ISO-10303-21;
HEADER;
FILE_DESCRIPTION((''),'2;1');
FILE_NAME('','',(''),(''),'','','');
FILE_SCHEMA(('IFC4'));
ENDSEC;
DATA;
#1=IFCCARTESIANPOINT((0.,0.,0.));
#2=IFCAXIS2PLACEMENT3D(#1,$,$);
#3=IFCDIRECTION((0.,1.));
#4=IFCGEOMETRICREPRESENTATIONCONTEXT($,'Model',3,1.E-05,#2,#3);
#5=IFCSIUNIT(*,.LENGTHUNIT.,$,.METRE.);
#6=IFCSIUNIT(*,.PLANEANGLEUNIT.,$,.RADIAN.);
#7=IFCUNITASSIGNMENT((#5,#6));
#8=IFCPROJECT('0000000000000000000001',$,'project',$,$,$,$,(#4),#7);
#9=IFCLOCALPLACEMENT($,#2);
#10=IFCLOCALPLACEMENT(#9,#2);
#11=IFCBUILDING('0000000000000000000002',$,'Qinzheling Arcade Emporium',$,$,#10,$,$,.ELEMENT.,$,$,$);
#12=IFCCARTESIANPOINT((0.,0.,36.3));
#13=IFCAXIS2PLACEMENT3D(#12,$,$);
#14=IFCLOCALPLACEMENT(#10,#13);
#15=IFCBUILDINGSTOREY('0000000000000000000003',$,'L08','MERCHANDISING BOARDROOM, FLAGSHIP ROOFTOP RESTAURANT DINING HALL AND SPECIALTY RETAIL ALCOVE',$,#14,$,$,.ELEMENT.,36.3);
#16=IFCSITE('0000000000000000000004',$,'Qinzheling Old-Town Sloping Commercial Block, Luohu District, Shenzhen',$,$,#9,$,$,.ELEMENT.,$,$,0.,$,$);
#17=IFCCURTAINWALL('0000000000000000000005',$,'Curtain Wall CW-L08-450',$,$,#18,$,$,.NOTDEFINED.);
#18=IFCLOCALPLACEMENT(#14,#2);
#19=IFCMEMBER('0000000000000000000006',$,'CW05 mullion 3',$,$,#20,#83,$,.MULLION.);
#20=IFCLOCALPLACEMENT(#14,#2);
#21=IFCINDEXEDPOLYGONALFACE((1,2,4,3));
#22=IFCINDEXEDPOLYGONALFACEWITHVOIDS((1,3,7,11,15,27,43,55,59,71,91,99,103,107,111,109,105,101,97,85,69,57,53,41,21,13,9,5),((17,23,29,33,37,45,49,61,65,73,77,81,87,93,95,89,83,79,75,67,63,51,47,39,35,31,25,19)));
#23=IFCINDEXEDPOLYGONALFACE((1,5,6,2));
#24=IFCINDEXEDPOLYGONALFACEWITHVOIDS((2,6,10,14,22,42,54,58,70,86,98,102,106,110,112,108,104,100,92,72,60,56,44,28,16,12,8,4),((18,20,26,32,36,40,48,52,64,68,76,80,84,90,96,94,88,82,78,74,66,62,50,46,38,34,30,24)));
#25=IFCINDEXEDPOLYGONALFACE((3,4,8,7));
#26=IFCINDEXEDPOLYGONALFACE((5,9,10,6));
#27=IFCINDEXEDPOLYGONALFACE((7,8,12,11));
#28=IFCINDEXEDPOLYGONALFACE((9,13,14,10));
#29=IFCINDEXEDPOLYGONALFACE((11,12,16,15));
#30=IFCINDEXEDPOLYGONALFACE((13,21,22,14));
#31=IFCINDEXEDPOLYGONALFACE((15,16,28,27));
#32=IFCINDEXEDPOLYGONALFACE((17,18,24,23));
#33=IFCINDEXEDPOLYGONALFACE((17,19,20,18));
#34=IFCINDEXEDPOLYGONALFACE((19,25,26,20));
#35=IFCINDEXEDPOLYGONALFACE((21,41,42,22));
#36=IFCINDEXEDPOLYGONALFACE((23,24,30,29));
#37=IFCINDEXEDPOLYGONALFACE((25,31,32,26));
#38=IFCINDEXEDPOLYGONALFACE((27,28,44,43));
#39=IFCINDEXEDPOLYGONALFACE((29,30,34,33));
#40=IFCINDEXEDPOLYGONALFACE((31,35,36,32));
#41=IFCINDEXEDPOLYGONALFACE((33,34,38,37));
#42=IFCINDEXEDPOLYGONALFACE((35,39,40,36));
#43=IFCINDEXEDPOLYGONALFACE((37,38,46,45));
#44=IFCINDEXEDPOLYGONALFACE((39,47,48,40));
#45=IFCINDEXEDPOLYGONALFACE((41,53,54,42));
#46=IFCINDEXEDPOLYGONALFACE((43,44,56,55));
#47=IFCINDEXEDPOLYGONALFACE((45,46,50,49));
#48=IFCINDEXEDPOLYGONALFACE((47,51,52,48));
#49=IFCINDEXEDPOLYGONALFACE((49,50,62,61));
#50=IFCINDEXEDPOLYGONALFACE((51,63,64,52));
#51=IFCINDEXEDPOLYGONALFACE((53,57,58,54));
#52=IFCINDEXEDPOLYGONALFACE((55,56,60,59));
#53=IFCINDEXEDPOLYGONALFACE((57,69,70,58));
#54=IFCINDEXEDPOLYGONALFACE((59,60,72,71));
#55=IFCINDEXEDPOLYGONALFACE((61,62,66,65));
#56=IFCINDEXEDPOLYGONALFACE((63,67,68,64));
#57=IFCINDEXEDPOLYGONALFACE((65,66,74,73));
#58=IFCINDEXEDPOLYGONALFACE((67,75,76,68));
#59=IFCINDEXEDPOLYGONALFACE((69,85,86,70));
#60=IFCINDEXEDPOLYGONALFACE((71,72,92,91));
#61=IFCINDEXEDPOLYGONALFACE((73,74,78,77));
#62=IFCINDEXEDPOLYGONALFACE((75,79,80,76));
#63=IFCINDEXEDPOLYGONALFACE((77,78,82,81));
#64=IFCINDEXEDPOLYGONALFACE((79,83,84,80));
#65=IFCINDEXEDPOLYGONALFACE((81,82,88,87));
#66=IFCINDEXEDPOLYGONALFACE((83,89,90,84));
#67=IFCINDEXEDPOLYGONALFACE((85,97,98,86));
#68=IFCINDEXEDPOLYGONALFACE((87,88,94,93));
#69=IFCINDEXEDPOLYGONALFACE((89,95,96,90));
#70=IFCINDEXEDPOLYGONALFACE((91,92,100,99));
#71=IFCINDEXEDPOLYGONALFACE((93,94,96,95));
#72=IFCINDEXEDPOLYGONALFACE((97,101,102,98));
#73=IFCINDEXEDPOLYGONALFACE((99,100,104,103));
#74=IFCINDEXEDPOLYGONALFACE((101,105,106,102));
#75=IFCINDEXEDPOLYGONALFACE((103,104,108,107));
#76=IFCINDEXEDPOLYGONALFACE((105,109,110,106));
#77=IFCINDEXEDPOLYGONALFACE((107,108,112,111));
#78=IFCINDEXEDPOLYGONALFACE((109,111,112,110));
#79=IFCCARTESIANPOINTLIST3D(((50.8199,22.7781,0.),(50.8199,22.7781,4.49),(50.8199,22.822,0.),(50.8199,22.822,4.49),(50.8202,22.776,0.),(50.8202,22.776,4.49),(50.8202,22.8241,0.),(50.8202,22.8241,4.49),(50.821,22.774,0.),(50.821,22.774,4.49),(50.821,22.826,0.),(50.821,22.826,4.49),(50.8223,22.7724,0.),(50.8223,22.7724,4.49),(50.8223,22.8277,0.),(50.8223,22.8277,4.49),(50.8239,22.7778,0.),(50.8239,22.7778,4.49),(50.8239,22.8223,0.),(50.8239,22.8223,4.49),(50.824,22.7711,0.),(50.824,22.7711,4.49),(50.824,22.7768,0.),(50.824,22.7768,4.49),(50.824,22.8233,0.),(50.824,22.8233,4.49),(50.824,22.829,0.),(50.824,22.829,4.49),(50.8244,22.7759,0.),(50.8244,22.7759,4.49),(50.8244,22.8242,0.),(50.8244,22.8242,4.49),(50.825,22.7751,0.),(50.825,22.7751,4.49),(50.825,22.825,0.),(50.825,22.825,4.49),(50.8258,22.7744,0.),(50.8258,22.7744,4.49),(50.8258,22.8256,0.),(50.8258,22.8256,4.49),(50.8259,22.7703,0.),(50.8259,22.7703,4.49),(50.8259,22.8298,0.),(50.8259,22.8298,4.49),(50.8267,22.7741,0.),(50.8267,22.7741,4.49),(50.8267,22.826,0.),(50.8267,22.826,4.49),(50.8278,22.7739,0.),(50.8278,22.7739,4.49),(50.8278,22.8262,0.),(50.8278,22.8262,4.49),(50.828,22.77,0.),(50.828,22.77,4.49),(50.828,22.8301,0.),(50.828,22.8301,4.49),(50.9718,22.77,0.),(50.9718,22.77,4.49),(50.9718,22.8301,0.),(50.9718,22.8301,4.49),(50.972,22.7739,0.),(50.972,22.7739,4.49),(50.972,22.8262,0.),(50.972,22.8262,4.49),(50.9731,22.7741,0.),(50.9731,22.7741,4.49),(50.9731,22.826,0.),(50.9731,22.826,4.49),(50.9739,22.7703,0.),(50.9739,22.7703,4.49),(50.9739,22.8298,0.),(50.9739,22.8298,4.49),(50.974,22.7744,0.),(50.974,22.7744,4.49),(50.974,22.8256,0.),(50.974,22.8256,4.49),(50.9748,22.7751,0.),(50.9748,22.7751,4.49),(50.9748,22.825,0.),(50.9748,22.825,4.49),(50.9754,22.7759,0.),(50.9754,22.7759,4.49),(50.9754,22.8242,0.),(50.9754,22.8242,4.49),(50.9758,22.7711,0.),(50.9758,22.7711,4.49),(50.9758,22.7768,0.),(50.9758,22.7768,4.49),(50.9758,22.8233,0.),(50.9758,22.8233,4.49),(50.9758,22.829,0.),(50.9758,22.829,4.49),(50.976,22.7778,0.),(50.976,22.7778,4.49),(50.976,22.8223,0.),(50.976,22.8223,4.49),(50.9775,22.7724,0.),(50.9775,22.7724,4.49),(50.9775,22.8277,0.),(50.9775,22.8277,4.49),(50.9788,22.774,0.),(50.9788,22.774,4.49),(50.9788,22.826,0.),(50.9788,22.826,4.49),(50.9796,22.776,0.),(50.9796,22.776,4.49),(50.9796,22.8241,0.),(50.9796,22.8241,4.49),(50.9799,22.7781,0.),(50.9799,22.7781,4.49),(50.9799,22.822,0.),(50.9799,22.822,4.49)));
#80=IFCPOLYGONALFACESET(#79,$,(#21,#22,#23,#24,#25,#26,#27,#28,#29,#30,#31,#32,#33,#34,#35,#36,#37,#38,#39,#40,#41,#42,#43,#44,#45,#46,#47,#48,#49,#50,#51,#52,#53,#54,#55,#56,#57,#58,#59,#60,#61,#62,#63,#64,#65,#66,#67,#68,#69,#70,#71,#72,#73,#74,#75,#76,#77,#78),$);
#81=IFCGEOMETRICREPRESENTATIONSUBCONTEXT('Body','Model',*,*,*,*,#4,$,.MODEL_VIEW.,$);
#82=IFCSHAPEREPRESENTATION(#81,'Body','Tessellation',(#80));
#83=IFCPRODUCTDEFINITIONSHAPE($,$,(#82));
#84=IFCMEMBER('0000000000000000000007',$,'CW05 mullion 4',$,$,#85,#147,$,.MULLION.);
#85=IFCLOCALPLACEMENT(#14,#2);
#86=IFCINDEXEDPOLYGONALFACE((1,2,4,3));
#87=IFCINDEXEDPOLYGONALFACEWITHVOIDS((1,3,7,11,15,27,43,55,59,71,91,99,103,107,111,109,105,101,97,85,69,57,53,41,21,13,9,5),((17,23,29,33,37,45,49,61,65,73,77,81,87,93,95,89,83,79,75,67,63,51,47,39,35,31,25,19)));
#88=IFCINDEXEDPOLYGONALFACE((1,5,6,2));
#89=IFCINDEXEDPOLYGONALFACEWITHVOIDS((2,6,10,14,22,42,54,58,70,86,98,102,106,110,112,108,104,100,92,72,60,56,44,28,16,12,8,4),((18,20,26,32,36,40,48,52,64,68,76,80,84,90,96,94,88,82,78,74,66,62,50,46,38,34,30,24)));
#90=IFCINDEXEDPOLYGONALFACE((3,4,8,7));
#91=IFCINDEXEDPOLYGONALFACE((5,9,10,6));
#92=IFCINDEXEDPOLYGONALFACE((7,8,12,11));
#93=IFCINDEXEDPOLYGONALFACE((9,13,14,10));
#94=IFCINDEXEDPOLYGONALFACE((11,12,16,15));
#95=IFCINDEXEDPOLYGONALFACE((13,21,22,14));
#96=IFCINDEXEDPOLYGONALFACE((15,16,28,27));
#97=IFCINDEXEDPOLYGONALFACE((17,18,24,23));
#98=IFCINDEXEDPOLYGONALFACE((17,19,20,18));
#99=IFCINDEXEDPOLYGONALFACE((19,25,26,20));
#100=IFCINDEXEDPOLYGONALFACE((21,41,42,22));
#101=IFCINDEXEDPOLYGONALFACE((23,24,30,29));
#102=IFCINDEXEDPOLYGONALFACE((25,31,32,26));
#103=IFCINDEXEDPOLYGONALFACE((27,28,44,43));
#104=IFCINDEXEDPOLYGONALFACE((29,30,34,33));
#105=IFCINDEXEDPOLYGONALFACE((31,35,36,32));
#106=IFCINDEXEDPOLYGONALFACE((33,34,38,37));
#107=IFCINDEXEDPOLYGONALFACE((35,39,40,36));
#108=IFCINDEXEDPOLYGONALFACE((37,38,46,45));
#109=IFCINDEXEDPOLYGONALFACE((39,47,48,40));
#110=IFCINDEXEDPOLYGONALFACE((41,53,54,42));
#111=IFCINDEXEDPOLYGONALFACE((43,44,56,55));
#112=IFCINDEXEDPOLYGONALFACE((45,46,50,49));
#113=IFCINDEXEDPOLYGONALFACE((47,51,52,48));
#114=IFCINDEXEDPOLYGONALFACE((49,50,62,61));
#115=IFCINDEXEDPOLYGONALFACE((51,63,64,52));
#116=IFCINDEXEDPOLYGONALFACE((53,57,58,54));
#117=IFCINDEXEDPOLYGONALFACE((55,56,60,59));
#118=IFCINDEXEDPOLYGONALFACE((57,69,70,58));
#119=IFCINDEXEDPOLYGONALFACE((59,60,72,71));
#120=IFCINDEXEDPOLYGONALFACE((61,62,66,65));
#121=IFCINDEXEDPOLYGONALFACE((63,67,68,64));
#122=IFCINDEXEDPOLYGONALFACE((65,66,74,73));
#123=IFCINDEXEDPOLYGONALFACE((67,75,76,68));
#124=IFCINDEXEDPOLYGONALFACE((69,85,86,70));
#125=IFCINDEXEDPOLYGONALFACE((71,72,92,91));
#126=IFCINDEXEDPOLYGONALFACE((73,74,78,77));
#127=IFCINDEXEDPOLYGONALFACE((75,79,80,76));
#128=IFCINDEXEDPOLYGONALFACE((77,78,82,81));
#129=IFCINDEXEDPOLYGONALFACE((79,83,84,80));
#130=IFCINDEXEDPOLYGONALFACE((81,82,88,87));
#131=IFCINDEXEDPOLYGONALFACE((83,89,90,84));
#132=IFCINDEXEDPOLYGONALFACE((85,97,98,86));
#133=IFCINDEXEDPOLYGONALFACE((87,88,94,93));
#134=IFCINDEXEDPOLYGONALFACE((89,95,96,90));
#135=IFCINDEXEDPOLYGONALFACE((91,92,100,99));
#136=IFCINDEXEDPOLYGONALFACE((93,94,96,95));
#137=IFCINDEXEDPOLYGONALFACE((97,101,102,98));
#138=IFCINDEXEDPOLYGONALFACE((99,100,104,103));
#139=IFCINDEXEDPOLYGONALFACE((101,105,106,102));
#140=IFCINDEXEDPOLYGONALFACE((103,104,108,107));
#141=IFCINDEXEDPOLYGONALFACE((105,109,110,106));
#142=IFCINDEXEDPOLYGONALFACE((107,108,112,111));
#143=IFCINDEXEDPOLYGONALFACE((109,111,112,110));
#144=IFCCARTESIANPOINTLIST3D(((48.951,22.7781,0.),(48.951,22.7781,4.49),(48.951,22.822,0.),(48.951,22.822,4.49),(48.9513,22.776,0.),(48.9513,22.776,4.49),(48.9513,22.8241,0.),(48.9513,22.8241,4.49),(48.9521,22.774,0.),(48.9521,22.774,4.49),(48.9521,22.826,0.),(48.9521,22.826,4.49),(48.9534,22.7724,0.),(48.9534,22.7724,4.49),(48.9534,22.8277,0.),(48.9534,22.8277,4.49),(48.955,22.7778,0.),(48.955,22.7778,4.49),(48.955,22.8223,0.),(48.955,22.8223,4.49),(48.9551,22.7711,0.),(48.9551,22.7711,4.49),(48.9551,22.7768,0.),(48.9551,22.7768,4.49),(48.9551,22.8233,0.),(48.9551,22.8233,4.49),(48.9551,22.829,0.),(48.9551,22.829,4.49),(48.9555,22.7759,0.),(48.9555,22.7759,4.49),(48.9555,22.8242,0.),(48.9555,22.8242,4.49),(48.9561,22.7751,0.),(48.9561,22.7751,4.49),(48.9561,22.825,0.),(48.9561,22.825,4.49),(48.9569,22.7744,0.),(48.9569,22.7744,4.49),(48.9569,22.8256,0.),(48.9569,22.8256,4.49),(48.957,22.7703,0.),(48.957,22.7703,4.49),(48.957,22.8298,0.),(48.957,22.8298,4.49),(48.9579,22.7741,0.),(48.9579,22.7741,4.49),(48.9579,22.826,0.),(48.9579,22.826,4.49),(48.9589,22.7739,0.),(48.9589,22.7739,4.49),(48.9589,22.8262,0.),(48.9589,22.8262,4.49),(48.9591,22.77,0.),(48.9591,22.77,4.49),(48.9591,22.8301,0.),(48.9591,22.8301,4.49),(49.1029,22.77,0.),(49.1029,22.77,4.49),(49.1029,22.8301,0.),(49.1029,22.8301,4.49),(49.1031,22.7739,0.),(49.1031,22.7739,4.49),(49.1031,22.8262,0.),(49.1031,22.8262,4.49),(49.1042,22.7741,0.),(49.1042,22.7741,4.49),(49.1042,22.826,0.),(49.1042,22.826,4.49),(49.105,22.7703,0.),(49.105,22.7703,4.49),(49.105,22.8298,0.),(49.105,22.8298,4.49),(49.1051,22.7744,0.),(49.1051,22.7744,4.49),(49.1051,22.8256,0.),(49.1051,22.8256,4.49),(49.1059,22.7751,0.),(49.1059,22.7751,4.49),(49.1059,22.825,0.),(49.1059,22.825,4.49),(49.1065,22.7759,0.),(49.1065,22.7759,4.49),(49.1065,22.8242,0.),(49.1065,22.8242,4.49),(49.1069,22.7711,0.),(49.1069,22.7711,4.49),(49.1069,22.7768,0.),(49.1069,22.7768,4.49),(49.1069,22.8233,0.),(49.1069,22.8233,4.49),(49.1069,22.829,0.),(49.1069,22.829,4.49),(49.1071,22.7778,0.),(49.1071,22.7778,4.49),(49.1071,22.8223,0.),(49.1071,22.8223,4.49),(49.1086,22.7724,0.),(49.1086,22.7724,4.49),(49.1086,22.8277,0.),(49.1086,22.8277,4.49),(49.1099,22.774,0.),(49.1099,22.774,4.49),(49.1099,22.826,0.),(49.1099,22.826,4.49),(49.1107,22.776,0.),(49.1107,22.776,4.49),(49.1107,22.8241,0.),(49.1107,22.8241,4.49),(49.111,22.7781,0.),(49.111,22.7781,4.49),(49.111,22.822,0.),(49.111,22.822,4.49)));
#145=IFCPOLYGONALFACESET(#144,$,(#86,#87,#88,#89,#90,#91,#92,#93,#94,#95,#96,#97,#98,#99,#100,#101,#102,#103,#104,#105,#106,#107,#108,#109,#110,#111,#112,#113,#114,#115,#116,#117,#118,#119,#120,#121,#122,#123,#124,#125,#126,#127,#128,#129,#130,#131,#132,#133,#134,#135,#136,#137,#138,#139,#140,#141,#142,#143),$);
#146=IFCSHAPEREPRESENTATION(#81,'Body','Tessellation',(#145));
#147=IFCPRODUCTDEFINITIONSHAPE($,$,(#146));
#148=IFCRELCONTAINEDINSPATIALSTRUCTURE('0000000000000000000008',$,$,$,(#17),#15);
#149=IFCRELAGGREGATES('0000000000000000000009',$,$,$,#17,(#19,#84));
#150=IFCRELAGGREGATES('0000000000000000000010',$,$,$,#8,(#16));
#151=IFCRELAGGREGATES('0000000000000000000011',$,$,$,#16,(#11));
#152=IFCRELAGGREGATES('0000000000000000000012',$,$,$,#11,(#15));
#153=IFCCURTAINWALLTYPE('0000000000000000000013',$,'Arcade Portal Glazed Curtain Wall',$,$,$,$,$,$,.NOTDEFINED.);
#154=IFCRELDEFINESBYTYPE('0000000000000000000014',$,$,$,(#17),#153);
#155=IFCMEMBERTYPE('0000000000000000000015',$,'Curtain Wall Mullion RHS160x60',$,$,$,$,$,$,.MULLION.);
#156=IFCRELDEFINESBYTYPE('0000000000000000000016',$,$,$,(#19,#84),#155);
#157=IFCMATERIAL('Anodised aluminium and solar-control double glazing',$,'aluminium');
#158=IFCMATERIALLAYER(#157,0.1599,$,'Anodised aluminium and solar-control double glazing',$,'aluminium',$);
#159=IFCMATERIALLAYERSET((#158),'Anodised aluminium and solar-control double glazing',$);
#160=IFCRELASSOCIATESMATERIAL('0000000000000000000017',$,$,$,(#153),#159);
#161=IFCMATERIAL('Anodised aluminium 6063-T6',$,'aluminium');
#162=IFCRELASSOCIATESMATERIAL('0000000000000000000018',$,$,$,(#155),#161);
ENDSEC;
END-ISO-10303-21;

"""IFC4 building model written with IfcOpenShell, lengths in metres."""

from ifc_helpers import new_model, si_unit, direction, frame, origin, origin_2d, place, context, subcontext, project, spatial, hollow_rectangle, extrude, material, layer, layer_set, material_profile, profile_set, type_object, element, aggregate, save


model = new_model("IFC4")

# Units and contexts
model_context = context("Model", 3, precision=1e-05, world=origin(), true_north=direction((0.0, 1.0)))
body_context = subcontext(model_context, "Body", "Model", "MODEL_VIEW")
ifc_project = project(units=[si_unit("LENGTHUNIT", "METRE"), si_unit("PLANEANGLEUNIT", "RADIAN")], contexts=[model_context])

# Site, building, storey
site_placement = place(None, origin())
site = spatial("IfcSite", under=ifc_project, at=site_placement, Name="Qinzheling Old-Town Sloping Commercial Block, Luohu District, Shenzhen", CompositionType="ELEMENT", RefElevation=0.0)
building_placement = place(site_placement, origin())
building = spatial("IfcBuilding", under=site, at=building_placement, Name="Qinzheling Arcade Emporium", CompositionType="ELEMENT")
storey_placement = place(building_placement, frame((0.0, 0.0, 36.3)))
storey = spatial("IfcBuildingStorey", under=building, at=storey_placement, Name="L08", Description="MERCHANDISING BOARDROOM, FLAGSHIP ROOFTOP RESTAURANT DINING HALL AND SPECIALTY RETAIL ALCOVE", CompositionType="ELEMENT", Elevation=36.3)

# Curtain wall, members
ifc_material_1 = material(Name="Anodised aluminium and solar-control double glazing", Category="aluminium")
ifc_layer_1 = layer(ifc_material_1, 0.1599, Name="Anodised aluminium and solar-control double glazing", Category="aluminium")
ifc_layer_set_1 = layer_set([ifc_layer_1], Name="Anodised aluminium and solar-control double glazing")
curtain_wall_type = type_object("IfcCurtainWallType", Name="Arcade Portal Glazed Curtain Wall", PredefinedType="NOTDEFINED", material=ifc_layer_set_1)
curtain_wall_1_placement = place(storey_placement, origin())
curtain_wall_1 = element("IfcCurtainWall", 1, at=curtain_wall_1_placement, inside=storey, type_object=curtain_wall_type, Name="Curtain Wall CW-L08-450", PredefinedType="NOTDEFINED")
ifc_material_2 = material(Name="Anodised aluminium 6063-T6", Category="aluminium")
ifc_material_profile_1 = material_profile(ifc_material_2, hollow_rectangle(XDim=0.0601, YDim=0.1599, WallThickness=0.0039, InnerFilletRadius=0.0039, OuterFilletRadius=0.0081, at=origin_2d()), Name="RHS 160x60x4", Category="aluminium")
ifc_profile_set_1 = profile_set([ifc_material_profile_1], Name="Anodised aluminium 6063-T6")
member_type_1 = type_object("IfcMemberType", Name="Curtain Wall Mullion RHS160x60", PredefinedType="MULLION", material=ifc_profile_set_1)
member_1_placement = place(storey_placement, frame((50.8999, 22.8, 0.0), z_axis=(0.0, 0.0, 1.0), x_axis=(0.0, -1.0, 0.0)))
member_1 = element("IfcMember", 2, at=member_1_placement, type_object=member_type_1, Name="CW05 mullion 3", PredefinedType="MULLION", context=body_context, shape_type="SweptSolid", body=[
    extrude(hollow_rectangle(XDim=0.0601, YDim=0.1599, WallThickness=0.0039, InnerFilletRadius=0.0039, OuterFilletRadius=0.0081, at=origin_2d()), origin(), (0.0, 0.0, 1.0), 4.49),
])
member_2_placement = place(storey_placement, frame((49.031, 22.8, 0.0), z_axis=(0.0, 0.0, 1.0), x_axis=(0.0, -1.0, 0.0)))
member_2 = element("IfcMember", 3, at=member_2_placement, type_object=member_type_1, Name="CW05 mullion 4", PredefinedType="MULLION", context=body_context, shape_type="SweptSolid", body=[
    extrude(hollow_rectangle(XDim=0.0601, YDim=0.1599, WallThickness=0.0039, InnerFilletRadius=0.0039, OuterFilletRadius=0.0081, at=origin_2d()), origin(), (0.0, 0.0, 1.0), 4.49),
])

aggregate(curtain_wall_1, [member_1, member_2])

save(model, "model.ifc")
